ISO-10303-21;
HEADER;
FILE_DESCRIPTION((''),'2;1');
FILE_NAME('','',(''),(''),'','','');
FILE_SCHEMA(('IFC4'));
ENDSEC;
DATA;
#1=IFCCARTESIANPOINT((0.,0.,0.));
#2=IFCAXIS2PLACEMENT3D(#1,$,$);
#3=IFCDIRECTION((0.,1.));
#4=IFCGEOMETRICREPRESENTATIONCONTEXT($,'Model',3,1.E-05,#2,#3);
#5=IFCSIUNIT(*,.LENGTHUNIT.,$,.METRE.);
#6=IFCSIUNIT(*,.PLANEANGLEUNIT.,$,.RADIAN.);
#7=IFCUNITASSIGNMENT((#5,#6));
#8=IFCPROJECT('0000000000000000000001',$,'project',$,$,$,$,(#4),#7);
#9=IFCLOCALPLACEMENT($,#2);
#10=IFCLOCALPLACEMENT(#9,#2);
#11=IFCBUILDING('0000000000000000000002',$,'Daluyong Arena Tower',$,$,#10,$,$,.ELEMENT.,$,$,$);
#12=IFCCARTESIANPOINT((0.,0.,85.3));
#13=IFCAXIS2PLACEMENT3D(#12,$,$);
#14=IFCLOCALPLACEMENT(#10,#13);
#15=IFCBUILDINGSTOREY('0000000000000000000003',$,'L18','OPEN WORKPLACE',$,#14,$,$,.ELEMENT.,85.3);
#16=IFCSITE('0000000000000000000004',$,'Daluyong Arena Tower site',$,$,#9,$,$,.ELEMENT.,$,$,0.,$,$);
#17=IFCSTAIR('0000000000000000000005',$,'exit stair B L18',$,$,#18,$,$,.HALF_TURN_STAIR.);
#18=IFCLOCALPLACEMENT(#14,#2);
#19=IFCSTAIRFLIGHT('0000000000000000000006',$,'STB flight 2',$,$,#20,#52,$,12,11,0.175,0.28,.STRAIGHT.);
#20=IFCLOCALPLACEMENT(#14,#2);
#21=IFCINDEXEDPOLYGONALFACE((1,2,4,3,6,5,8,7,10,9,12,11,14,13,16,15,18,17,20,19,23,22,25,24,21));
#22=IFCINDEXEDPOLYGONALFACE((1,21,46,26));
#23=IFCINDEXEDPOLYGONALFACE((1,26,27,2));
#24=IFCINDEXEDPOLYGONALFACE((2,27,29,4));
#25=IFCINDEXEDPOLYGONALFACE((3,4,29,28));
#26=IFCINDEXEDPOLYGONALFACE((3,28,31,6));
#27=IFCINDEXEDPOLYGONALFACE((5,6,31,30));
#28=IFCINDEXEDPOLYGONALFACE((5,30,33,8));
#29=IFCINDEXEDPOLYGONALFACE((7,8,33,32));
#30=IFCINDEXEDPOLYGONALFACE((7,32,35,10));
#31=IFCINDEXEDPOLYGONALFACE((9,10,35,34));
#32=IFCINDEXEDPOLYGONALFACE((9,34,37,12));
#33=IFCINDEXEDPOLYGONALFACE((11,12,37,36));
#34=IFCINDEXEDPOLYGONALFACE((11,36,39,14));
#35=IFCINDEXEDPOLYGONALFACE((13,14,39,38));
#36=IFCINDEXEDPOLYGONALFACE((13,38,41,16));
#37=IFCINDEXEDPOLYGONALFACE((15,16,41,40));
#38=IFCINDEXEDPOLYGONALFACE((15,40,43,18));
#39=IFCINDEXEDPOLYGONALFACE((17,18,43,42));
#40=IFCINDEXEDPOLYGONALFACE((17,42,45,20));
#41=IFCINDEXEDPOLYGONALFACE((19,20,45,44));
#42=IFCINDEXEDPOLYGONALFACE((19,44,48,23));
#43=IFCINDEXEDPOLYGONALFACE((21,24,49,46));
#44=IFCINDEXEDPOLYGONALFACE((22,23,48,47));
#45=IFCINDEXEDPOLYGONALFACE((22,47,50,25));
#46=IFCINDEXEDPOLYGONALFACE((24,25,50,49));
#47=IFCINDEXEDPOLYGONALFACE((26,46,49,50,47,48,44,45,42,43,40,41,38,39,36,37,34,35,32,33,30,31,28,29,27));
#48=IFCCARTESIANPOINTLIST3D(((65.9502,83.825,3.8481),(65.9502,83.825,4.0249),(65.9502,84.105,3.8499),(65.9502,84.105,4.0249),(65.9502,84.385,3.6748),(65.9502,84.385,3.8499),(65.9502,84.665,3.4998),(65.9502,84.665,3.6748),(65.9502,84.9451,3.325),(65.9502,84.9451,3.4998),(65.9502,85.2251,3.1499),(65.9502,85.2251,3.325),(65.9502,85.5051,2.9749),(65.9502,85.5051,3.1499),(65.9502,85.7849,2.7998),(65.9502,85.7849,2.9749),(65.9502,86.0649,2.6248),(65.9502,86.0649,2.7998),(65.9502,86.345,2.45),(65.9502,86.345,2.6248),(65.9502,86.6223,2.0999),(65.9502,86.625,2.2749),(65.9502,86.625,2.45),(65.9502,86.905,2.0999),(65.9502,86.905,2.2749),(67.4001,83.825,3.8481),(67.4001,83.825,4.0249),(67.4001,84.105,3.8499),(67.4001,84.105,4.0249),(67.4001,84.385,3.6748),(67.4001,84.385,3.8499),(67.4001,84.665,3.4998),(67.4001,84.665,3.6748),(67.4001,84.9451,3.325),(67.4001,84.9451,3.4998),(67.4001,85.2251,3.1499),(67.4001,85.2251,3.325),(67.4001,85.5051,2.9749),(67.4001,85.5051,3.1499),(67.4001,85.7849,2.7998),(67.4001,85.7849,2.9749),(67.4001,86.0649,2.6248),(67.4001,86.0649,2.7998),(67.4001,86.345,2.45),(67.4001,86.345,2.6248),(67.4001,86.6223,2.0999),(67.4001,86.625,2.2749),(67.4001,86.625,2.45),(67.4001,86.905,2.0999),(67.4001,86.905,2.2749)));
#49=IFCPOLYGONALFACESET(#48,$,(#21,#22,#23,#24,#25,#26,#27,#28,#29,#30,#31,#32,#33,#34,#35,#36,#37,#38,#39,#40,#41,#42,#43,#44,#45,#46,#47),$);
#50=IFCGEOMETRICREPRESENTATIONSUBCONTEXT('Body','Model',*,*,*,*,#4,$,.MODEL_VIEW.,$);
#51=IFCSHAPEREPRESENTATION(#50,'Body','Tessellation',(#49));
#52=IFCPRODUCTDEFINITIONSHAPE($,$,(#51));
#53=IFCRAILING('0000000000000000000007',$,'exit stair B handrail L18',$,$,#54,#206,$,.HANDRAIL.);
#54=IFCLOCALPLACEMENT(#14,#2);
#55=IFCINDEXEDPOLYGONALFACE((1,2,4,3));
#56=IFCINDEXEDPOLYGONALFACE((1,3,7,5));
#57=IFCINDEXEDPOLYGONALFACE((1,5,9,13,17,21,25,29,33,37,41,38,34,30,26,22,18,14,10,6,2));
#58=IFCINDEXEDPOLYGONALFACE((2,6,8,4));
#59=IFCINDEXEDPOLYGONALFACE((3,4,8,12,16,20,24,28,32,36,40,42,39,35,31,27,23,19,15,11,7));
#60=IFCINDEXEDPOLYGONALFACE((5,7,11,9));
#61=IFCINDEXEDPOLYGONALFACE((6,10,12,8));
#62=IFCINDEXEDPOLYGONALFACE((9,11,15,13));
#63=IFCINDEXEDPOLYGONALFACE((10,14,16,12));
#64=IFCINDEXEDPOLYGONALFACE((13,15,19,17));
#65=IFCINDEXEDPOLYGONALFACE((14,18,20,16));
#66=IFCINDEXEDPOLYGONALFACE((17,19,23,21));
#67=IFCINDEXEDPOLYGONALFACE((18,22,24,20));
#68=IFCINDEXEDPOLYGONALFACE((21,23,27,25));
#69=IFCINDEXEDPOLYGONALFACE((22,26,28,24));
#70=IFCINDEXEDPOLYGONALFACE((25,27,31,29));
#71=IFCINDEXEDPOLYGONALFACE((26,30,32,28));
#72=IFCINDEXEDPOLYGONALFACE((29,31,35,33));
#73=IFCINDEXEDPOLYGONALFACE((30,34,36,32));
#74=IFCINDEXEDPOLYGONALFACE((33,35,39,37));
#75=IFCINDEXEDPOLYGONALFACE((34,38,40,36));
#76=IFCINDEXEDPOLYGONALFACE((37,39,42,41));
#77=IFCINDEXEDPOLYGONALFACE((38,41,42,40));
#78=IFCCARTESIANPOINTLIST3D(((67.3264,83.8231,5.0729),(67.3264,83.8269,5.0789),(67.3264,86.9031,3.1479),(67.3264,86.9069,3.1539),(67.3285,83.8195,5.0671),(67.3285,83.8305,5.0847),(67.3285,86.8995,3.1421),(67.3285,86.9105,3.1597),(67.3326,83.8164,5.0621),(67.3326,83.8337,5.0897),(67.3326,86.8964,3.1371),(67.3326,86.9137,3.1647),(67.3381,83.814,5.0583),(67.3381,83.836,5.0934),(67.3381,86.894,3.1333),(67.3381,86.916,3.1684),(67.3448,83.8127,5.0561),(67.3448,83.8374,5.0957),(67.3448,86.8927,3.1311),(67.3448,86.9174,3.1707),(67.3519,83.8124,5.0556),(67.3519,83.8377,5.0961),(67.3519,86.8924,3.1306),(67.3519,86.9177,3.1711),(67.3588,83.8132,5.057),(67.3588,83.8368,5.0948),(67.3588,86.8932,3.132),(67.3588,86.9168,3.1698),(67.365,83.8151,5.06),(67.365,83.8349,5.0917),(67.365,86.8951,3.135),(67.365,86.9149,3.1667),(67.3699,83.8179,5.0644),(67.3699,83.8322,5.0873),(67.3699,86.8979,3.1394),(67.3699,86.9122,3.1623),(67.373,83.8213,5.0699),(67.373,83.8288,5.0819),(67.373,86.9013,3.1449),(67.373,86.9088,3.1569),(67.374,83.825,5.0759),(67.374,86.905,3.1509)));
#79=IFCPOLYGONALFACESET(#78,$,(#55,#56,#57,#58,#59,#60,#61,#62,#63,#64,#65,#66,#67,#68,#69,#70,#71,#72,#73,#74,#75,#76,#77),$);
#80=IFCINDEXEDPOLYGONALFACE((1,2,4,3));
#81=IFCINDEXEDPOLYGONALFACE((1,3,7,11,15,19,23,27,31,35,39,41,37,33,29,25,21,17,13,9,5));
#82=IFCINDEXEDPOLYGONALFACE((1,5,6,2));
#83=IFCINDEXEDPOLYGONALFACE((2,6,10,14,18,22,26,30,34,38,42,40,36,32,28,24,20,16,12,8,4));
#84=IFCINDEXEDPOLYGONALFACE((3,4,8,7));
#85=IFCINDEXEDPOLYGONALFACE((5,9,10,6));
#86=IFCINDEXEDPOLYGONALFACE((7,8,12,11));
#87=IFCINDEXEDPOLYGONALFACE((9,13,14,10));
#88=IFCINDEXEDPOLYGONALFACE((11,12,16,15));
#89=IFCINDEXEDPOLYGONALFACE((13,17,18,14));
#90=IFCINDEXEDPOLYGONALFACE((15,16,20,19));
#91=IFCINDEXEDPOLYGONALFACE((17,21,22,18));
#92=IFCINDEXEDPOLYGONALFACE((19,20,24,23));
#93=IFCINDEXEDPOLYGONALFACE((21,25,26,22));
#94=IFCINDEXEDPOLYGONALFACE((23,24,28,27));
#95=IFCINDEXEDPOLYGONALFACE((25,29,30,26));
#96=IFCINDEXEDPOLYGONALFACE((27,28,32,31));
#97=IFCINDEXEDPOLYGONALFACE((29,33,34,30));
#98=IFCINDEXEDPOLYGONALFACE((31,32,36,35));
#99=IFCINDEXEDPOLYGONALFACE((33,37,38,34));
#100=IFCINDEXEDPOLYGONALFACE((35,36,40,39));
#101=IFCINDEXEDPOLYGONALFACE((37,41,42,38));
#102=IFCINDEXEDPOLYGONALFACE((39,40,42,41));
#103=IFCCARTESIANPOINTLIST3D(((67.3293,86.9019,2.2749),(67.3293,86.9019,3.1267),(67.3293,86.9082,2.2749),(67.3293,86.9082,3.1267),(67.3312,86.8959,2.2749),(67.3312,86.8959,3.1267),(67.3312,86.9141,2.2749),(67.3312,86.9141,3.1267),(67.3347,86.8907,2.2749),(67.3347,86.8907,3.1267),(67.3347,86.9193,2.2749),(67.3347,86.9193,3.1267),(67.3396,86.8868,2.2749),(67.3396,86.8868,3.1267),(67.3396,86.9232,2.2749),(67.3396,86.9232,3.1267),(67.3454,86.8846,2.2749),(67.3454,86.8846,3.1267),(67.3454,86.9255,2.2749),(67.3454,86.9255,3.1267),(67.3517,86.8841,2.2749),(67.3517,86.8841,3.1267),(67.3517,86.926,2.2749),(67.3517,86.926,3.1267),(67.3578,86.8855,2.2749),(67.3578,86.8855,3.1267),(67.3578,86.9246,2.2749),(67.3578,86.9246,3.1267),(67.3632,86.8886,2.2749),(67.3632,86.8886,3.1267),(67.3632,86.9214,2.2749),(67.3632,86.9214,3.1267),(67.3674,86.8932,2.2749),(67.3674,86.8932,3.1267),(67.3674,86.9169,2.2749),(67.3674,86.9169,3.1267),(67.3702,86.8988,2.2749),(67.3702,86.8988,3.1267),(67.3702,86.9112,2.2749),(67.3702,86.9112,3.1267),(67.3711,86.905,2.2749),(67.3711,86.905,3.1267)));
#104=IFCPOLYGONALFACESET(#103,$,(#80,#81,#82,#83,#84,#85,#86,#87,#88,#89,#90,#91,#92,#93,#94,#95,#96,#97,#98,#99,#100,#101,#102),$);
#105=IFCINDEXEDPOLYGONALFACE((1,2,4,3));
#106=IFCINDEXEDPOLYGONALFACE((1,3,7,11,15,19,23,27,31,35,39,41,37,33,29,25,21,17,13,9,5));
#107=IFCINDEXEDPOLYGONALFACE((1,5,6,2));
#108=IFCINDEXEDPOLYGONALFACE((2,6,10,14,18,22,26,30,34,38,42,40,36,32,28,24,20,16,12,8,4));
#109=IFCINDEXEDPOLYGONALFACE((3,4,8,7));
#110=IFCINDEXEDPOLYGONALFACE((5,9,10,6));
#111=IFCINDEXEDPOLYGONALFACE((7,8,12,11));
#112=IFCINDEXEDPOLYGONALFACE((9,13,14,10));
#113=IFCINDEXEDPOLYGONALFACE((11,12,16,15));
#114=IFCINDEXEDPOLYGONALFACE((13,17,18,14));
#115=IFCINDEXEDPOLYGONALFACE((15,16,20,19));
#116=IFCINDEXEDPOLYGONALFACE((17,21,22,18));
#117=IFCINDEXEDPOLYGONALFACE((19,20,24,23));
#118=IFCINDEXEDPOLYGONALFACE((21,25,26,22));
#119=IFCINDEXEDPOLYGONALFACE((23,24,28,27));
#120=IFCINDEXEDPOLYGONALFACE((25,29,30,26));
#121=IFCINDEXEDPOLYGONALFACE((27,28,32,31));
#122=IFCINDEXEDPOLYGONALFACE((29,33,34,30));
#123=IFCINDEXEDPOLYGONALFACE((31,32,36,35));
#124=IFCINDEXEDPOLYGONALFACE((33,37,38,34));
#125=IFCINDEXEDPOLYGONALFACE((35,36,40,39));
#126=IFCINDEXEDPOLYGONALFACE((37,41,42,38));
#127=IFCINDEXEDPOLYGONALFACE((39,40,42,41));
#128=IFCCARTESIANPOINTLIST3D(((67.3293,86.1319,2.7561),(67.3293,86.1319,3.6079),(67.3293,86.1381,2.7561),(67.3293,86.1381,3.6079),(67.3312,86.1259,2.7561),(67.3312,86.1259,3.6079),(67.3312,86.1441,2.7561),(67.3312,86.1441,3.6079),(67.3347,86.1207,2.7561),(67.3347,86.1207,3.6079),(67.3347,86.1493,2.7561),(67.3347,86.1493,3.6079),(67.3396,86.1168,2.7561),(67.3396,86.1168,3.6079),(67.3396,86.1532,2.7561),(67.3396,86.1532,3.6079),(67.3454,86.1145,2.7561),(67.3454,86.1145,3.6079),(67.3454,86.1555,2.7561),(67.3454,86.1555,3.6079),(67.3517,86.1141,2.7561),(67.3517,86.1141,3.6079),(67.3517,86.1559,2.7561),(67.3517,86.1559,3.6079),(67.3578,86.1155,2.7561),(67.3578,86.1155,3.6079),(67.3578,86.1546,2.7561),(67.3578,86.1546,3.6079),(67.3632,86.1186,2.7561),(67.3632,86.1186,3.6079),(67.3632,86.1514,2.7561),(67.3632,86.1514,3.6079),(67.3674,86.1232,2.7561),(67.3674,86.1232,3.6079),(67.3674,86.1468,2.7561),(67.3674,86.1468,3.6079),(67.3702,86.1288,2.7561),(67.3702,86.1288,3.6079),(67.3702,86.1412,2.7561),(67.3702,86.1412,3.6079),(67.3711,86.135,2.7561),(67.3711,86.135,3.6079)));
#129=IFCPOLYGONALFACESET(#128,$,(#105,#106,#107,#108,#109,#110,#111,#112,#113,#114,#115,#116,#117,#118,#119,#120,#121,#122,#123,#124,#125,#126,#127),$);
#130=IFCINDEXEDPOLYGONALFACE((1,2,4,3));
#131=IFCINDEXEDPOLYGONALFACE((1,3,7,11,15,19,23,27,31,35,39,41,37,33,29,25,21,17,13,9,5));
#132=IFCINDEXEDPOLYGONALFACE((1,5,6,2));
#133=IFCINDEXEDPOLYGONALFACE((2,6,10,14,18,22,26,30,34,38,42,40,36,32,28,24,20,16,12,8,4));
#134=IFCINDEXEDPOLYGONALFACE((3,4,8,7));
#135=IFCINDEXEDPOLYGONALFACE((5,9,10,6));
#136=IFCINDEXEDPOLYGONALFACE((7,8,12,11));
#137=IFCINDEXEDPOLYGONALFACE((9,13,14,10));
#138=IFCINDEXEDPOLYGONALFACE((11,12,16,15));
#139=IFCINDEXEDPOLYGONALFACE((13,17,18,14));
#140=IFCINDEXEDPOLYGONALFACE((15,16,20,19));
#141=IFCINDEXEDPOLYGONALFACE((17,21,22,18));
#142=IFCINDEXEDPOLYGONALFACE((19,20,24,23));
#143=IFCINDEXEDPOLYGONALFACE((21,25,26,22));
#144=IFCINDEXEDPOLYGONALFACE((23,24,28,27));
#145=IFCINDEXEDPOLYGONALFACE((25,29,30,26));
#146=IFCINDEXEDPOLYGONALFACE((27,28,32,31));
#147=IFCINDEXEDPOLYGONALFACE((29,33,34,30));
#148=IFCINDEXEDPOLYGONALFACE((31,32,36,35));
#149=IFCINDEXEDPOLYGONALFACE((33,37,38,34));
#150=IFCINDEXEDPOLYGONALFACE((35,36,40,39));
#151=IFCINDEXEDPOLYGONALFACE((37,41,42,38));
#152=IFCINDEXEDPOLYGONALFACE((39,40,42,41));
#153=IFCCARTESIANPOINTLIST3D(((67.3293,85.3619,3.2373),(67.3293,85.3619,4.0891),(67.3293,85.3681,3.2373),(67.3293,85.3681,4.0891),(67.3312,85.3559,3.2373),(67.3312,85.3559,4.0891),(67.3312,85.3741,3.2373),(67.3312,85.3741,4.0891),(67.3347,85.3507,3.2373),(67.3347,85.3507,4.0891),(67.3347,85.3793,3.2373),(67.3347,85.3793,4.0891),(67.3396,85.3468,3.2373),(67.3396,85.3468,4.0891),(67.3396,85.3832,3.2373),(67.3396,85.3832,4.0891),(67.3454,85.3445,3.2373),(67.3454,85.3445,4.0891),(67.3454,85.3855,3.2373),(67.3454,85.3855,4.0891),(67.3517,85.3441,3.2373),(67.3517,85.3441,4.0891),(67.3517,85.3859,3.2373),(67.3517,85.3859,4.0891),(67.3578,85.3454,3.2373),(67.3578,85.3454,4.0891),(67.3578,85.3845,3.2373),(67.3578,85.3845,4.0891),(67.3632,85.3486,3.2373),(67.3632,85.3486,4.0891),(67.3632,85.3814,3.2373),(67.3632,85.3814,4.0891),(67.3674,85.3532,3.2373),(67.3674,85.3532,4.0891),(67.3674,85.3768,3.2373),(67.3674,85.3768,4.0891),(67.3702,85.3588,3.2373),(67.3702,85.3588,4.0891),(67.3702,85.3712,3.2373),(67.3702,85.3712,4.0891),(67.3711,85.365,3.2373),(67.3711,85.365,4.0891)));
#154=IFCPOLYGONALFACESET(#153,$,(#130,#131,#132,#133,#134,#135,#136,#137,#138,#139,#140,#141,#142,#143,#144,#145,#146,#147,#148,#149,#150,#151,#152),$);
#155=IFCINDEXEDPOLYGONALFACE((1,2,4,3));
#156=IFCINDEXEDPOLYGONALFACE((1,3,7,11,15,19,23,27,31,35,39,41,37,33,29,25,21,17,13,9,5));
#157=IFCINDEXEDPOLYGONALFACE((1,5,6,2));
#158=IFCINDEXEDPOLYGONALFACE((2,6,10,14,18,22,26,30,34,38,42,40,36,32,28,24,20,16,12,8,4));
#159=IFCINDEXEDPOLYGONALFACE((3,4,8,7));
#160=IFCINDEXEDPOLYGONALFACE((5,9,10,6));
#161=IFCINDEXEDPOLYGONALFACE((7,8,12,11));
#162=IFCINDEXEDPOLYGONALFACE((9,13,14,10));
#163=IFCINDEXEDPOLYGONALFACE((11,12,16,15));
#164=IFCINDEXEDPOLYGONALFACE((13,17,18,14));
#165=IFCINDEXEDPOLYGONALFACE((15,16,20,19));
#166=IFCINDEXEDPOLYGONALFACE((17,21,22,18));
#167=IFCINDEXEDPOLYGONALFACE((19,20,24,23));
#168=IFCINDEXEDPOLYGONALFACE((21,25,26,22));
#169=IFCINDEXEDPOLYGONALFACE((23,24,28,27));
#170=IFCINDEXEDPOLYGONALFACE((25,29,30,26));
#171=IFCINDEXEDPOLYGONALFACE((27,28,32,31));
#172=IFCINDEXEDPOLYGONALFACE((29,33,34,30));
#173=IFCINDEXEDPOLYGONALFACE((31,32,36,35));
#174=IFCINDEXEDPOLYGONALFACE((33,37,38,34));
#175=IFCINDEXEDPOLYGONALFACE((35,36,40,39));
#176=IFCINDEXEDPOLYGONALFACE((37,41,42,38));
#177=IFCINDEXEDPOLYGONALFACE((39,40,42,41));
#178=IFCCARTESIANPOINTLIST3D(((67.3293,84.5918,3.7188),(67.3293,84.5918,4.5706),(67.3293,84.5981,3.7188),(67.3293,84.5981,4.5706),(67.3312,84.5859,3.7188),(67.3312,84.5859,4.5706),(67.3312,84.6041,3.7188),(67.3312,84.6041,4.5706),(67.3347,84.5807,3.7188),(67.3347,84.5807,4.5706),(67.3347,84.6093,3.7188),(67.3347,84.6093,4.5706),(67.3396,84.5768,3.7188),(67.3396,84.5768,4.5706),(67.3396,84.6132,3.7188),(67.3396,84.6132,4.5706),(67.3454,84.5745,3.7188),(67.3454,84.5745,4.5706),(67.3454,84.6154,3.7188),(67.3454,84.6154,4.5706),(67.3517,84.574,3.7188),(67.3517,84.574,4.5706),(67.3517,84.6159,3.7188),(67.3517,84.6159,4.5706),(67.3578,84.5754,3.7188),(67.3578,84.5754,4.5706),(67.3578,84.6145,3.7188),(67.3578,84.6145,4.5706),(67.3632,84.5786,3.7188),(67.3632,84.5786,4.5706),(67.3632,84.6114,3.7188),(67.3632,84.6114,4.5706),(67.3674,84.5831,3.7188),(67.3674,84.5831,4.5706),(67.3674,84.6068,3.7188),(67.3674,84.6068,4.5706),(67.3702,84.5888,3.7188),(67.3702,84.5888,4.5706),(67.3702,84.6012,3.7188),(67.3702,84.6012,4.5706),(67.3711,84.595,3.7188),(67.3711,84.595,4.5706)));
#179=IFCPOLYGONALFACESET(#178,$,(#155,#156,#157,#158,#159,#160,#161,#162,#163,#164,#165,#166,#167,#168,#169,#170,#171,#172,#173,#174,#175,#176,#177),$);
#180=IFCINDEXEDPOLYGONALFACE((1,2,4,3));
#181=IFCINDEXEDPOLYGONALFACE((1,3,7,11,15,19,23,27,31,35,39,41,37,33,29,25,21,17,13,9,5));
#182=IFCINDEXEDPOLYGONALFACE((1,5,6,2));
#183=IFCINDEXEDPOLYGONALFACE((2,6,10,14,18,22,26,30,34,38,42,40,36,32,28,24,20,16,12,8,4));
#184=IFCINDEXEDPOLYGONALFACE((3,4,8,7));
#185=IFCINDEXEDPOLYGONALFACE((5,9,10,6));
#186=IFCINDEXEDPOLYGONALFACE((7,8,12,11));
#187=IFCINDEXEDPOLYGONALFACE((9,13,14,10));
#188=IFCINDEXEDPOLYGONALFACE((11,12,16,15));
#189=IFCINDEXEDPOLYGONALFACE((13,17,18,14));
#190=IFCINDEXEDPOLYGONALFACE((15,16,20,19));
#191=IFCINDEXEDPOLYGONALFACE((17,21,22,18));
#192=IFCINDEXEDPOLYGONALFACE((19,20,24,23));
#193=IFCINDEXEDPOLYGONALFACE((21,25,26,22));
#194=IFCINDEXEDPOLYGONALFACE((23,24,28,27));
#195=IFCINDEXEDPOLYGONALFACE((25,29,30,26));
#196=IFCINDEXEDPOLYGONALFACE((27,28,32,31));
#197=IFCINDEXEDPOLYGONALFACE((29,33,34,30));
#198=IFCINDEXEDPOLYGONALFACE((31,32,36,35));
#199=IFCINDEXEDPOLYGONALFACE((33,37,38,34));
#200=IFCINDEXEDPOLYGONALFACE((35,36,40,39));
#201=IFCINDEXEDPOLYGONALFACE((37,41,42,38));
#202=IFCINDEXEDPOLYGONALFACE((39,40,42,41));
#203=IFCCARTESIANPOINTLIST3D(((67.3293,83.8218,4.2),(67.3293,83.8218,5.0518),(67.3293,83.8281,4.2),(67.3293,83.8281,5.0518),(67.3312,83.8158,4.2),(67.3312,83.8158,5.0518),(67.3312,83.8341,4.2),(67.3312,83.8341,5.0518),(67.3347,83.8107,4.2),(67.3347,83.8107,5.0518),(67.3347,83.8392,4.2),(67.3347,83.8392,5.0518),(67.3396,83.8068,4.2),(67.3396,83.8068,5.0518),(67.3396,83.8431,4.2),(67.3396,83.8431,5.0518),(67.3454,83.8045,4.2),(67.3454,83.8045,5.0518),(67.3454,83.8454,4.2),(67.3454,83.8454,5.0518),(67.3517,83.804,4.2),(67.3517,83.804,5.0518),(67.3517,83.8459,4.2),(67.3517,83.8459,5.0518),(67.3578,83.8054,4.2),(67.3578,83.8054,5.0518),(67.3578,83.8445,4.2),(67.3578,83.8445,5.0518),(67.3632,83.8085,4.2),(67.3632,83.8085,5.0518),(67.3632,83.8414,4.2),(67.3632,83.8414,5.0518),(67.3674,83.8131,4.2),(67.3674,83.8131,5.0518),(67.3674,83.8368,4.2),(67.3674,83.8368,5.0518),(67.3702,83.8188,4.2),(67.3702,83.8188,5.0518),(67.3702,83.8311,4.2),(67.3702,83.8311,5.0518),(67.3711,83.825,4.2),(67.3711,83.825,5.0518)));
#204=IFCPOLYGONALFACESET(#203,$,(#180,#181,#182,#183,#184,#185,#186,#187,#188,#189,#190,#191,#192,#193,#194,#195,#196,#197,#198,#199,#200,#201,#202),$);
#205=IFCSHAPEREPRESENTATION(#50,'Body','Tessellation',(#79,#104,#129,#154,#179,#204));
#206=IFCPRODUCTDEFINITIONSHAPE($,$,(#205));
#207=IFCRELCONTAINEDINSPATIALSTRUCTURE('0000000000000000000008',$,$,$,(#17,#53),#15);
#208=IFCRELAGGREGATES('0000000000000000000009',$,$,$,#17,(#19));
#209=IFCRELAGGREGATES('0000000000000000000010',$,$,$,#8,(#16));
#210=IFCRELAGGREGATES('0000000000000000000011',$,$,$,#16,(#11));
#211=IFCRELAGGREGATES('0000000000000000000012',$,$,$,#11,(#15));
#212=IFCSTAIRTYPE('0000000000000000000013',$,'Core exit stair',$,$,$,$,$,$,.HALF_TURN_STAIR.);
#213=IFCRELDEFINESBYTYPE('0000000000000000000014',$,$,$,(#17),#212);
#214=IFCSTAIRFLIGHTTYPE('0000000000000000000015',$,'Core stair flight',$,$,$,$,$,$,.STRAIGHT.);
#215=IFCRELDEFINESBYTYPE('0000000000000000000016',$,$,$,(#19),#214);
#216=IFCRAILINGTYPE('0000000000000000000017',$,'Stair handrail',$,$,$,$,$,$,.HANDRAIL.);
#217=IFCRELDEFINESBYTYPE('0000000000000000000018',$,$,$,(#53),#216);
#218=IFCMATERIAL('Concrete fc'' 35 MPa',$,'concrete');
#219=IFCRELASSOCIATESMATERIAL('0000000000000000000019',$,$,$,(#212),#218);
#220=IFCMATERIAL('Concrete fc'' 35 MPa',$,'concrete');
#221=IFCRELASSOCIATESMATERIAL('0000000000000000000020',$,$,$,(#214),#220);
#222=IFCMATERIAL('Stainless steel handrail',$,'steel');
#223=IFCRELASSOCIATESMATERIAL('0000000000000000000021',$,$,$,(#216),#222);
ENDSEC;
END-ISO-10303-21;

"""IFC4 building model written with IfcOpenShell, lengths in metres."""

from ifc_helpers import new_model, si_unit, direction, frame, origin, origin_2d, place, context, subcontext, project, spatial, polyline, circle, outline, extrude, material, type_object, element, aggregate, save


model = new_model("IFC4")

# Units and contexts
model_context = context("Model", 3, precision=1e-05, world=origin(), true_north=direction((0.0, 1.0)))
body_context = subcontext(model_context, "Body", "Model", "MODEL_VIEW")
ifc_project = project(units=[si_unit("LENGTHUNIT", "METRE"), si_unit("PLANEANGLEUNIT", "RADIAN")], contexts=[model_context])

# Site, building, storey
site_placement = place(None, origin())
site = spatial("IfcSite", under=ifc_project, at=site_placement, Name="Daluyong Arena Tower site", CompositionType="ELEMENT", RefElevation=0.0)
building_placement = place(site_placement, origin())
building = spatial("IfcBuilding", under=site, at=building_placement, Name="Daluyong Arena Tower", CompositionType="ELEMENT")
storey_placement = place(building_placement, frame((0.0, 0.0, 85.3)))
storey = spatial("IfcBuildingStorey", under=building, at=storey_placement, Name="L18", Description="OPEN WORKPLACE", CompositionType="ELEMENT", Elevation=85.3)

# Stair, stair flight
ifc_material_1 = material(Name="Concrete fc' 35 MPa", Category="concrete")
stair_type = type_object("IfcStairType", Name="Core exit stair", PredefinedType="HALF_TURN_STAIR", material=ifc_material_1)
stair_placement = place(storey_placement, origin())
stair = element("IfcStair", 1, at=stair_placement, inside=storey, type_object=stair_type, Name="exit stair B L18", PredefinedType="HALF_TURN_STAIR")
ifc_material_2 = material(Name="Concrete fc' 35 MPa", Category="concrete")
stair_flight_type = type_object("IfcStairFlightType", Name="Core stair flight", PredefinedType="STRAIGHT", material=ifc_material_2)
stair_flight_placement = place(storey_placement, frame((66.675, 86.905, 2.0999), z_axis=(0.0, 0.0, 1.0), x_axis=(0.0, -1.0, 0.0)))
stair_flight = element("IfcStairFlight", 2, at=stair_flight_placement, type_object=stair_flight_type, Name="STB flight 2", NumberOfRisers=12, NumberOfTreads=11, PredefinedType="STRAIGHT", RiserHeight=0.175, TreadLength=0.28, context=body_context, shape_type="SweptSolid", body=[
    extrude(outline(polyline([(0.0, 0.0), (0.0, 0.175), (0.28, 0.175), (0.28, 0.3501), (0.5601, 0.3501), (0.5601, 0.5249), (0.8401, 0.5249), (0.8401, 0.7), (1.1201, 0.7), (1.1201, 0.875), (1.3999, 0.875), (1.3999, 1.05), (1.6799, 1.05), (1.6799, 1.2251), (1.96, 1.2251), (1.96, 1.3999), (2.24, 1.3999), (2.24, 1.575), (2.52, 1.575), (2.52, 1.75), (2.8, 1.75), (2.8, 1.925), (3.0801, 1.925), (3.0801, 2.1001), (3.0801, 1.7483), (0.2827, 0.0), (0.0, 0.0)])), frame((0.0, 0.7251, 0.0), z_axis=(0.0, -1.0, 0.0), x_axis=(1.0, 0.0, 0.0)), (0.0, 0.0, 1.0), 1.45),
])
aggregate(stair, [stair_flight])

# Railing
ifc_material_3 = material(Name="Stainless steel handrail", Category="steel")
railing_type = type_object("IfcRailingType", Name="Stair handrail", PredefinedType="HANDRAIL", material=ifc_material_3)
railing_placement = place(storey_placement, frame((67.3501, 86.905, 2.2749)))
element("IfcRailing", 3, at=railing_placement, inside=storey, type_object=railing_type, Name="exit stair B handrail L18", PredefinedType="HANDRAIL", context=body_context, shape_type="SweptSolid", body=[
    extrude(circle(Radius=0.0239, at=origin_2d()), frame((0.0, 0.0, 0.876), z_axis=(0.0, -0.847998, 0.529999), x_axis=(1.0, 0.0, 0.0)), (0.0, 0.0, 1.0), 3.6321),
    extrude(circle(Radius=0.021, at=origin_2d()), origin(), (0.0, 0.0, 1.0), 0.8518),
    extrude(circle(Radius=0.021, at=origin_2d()), frame((0.0, -0.77, 0.4812)), (0.0, 0.0, 1.0), 0.8518),
    extrude(circle(Radius=0.021, at=origin_2d()), frame((0.0, -1.54, 0.9624)), (0.0, 0.0, 1.0), 0.8518),
    extrude(circle(Radius=0.021, at=origin_2d()), frame((0.0, -2.3101, 1.4438)), (0.0, 0.0, 1.0), 0.8518),
    extrude(circle(Radius=0.021, at=origin_2d()), frame((0.0, -3.0801, 1.925)), (0.0, 0.0, 1.0), 0.8518),
])

save(model, "model.ifc")
